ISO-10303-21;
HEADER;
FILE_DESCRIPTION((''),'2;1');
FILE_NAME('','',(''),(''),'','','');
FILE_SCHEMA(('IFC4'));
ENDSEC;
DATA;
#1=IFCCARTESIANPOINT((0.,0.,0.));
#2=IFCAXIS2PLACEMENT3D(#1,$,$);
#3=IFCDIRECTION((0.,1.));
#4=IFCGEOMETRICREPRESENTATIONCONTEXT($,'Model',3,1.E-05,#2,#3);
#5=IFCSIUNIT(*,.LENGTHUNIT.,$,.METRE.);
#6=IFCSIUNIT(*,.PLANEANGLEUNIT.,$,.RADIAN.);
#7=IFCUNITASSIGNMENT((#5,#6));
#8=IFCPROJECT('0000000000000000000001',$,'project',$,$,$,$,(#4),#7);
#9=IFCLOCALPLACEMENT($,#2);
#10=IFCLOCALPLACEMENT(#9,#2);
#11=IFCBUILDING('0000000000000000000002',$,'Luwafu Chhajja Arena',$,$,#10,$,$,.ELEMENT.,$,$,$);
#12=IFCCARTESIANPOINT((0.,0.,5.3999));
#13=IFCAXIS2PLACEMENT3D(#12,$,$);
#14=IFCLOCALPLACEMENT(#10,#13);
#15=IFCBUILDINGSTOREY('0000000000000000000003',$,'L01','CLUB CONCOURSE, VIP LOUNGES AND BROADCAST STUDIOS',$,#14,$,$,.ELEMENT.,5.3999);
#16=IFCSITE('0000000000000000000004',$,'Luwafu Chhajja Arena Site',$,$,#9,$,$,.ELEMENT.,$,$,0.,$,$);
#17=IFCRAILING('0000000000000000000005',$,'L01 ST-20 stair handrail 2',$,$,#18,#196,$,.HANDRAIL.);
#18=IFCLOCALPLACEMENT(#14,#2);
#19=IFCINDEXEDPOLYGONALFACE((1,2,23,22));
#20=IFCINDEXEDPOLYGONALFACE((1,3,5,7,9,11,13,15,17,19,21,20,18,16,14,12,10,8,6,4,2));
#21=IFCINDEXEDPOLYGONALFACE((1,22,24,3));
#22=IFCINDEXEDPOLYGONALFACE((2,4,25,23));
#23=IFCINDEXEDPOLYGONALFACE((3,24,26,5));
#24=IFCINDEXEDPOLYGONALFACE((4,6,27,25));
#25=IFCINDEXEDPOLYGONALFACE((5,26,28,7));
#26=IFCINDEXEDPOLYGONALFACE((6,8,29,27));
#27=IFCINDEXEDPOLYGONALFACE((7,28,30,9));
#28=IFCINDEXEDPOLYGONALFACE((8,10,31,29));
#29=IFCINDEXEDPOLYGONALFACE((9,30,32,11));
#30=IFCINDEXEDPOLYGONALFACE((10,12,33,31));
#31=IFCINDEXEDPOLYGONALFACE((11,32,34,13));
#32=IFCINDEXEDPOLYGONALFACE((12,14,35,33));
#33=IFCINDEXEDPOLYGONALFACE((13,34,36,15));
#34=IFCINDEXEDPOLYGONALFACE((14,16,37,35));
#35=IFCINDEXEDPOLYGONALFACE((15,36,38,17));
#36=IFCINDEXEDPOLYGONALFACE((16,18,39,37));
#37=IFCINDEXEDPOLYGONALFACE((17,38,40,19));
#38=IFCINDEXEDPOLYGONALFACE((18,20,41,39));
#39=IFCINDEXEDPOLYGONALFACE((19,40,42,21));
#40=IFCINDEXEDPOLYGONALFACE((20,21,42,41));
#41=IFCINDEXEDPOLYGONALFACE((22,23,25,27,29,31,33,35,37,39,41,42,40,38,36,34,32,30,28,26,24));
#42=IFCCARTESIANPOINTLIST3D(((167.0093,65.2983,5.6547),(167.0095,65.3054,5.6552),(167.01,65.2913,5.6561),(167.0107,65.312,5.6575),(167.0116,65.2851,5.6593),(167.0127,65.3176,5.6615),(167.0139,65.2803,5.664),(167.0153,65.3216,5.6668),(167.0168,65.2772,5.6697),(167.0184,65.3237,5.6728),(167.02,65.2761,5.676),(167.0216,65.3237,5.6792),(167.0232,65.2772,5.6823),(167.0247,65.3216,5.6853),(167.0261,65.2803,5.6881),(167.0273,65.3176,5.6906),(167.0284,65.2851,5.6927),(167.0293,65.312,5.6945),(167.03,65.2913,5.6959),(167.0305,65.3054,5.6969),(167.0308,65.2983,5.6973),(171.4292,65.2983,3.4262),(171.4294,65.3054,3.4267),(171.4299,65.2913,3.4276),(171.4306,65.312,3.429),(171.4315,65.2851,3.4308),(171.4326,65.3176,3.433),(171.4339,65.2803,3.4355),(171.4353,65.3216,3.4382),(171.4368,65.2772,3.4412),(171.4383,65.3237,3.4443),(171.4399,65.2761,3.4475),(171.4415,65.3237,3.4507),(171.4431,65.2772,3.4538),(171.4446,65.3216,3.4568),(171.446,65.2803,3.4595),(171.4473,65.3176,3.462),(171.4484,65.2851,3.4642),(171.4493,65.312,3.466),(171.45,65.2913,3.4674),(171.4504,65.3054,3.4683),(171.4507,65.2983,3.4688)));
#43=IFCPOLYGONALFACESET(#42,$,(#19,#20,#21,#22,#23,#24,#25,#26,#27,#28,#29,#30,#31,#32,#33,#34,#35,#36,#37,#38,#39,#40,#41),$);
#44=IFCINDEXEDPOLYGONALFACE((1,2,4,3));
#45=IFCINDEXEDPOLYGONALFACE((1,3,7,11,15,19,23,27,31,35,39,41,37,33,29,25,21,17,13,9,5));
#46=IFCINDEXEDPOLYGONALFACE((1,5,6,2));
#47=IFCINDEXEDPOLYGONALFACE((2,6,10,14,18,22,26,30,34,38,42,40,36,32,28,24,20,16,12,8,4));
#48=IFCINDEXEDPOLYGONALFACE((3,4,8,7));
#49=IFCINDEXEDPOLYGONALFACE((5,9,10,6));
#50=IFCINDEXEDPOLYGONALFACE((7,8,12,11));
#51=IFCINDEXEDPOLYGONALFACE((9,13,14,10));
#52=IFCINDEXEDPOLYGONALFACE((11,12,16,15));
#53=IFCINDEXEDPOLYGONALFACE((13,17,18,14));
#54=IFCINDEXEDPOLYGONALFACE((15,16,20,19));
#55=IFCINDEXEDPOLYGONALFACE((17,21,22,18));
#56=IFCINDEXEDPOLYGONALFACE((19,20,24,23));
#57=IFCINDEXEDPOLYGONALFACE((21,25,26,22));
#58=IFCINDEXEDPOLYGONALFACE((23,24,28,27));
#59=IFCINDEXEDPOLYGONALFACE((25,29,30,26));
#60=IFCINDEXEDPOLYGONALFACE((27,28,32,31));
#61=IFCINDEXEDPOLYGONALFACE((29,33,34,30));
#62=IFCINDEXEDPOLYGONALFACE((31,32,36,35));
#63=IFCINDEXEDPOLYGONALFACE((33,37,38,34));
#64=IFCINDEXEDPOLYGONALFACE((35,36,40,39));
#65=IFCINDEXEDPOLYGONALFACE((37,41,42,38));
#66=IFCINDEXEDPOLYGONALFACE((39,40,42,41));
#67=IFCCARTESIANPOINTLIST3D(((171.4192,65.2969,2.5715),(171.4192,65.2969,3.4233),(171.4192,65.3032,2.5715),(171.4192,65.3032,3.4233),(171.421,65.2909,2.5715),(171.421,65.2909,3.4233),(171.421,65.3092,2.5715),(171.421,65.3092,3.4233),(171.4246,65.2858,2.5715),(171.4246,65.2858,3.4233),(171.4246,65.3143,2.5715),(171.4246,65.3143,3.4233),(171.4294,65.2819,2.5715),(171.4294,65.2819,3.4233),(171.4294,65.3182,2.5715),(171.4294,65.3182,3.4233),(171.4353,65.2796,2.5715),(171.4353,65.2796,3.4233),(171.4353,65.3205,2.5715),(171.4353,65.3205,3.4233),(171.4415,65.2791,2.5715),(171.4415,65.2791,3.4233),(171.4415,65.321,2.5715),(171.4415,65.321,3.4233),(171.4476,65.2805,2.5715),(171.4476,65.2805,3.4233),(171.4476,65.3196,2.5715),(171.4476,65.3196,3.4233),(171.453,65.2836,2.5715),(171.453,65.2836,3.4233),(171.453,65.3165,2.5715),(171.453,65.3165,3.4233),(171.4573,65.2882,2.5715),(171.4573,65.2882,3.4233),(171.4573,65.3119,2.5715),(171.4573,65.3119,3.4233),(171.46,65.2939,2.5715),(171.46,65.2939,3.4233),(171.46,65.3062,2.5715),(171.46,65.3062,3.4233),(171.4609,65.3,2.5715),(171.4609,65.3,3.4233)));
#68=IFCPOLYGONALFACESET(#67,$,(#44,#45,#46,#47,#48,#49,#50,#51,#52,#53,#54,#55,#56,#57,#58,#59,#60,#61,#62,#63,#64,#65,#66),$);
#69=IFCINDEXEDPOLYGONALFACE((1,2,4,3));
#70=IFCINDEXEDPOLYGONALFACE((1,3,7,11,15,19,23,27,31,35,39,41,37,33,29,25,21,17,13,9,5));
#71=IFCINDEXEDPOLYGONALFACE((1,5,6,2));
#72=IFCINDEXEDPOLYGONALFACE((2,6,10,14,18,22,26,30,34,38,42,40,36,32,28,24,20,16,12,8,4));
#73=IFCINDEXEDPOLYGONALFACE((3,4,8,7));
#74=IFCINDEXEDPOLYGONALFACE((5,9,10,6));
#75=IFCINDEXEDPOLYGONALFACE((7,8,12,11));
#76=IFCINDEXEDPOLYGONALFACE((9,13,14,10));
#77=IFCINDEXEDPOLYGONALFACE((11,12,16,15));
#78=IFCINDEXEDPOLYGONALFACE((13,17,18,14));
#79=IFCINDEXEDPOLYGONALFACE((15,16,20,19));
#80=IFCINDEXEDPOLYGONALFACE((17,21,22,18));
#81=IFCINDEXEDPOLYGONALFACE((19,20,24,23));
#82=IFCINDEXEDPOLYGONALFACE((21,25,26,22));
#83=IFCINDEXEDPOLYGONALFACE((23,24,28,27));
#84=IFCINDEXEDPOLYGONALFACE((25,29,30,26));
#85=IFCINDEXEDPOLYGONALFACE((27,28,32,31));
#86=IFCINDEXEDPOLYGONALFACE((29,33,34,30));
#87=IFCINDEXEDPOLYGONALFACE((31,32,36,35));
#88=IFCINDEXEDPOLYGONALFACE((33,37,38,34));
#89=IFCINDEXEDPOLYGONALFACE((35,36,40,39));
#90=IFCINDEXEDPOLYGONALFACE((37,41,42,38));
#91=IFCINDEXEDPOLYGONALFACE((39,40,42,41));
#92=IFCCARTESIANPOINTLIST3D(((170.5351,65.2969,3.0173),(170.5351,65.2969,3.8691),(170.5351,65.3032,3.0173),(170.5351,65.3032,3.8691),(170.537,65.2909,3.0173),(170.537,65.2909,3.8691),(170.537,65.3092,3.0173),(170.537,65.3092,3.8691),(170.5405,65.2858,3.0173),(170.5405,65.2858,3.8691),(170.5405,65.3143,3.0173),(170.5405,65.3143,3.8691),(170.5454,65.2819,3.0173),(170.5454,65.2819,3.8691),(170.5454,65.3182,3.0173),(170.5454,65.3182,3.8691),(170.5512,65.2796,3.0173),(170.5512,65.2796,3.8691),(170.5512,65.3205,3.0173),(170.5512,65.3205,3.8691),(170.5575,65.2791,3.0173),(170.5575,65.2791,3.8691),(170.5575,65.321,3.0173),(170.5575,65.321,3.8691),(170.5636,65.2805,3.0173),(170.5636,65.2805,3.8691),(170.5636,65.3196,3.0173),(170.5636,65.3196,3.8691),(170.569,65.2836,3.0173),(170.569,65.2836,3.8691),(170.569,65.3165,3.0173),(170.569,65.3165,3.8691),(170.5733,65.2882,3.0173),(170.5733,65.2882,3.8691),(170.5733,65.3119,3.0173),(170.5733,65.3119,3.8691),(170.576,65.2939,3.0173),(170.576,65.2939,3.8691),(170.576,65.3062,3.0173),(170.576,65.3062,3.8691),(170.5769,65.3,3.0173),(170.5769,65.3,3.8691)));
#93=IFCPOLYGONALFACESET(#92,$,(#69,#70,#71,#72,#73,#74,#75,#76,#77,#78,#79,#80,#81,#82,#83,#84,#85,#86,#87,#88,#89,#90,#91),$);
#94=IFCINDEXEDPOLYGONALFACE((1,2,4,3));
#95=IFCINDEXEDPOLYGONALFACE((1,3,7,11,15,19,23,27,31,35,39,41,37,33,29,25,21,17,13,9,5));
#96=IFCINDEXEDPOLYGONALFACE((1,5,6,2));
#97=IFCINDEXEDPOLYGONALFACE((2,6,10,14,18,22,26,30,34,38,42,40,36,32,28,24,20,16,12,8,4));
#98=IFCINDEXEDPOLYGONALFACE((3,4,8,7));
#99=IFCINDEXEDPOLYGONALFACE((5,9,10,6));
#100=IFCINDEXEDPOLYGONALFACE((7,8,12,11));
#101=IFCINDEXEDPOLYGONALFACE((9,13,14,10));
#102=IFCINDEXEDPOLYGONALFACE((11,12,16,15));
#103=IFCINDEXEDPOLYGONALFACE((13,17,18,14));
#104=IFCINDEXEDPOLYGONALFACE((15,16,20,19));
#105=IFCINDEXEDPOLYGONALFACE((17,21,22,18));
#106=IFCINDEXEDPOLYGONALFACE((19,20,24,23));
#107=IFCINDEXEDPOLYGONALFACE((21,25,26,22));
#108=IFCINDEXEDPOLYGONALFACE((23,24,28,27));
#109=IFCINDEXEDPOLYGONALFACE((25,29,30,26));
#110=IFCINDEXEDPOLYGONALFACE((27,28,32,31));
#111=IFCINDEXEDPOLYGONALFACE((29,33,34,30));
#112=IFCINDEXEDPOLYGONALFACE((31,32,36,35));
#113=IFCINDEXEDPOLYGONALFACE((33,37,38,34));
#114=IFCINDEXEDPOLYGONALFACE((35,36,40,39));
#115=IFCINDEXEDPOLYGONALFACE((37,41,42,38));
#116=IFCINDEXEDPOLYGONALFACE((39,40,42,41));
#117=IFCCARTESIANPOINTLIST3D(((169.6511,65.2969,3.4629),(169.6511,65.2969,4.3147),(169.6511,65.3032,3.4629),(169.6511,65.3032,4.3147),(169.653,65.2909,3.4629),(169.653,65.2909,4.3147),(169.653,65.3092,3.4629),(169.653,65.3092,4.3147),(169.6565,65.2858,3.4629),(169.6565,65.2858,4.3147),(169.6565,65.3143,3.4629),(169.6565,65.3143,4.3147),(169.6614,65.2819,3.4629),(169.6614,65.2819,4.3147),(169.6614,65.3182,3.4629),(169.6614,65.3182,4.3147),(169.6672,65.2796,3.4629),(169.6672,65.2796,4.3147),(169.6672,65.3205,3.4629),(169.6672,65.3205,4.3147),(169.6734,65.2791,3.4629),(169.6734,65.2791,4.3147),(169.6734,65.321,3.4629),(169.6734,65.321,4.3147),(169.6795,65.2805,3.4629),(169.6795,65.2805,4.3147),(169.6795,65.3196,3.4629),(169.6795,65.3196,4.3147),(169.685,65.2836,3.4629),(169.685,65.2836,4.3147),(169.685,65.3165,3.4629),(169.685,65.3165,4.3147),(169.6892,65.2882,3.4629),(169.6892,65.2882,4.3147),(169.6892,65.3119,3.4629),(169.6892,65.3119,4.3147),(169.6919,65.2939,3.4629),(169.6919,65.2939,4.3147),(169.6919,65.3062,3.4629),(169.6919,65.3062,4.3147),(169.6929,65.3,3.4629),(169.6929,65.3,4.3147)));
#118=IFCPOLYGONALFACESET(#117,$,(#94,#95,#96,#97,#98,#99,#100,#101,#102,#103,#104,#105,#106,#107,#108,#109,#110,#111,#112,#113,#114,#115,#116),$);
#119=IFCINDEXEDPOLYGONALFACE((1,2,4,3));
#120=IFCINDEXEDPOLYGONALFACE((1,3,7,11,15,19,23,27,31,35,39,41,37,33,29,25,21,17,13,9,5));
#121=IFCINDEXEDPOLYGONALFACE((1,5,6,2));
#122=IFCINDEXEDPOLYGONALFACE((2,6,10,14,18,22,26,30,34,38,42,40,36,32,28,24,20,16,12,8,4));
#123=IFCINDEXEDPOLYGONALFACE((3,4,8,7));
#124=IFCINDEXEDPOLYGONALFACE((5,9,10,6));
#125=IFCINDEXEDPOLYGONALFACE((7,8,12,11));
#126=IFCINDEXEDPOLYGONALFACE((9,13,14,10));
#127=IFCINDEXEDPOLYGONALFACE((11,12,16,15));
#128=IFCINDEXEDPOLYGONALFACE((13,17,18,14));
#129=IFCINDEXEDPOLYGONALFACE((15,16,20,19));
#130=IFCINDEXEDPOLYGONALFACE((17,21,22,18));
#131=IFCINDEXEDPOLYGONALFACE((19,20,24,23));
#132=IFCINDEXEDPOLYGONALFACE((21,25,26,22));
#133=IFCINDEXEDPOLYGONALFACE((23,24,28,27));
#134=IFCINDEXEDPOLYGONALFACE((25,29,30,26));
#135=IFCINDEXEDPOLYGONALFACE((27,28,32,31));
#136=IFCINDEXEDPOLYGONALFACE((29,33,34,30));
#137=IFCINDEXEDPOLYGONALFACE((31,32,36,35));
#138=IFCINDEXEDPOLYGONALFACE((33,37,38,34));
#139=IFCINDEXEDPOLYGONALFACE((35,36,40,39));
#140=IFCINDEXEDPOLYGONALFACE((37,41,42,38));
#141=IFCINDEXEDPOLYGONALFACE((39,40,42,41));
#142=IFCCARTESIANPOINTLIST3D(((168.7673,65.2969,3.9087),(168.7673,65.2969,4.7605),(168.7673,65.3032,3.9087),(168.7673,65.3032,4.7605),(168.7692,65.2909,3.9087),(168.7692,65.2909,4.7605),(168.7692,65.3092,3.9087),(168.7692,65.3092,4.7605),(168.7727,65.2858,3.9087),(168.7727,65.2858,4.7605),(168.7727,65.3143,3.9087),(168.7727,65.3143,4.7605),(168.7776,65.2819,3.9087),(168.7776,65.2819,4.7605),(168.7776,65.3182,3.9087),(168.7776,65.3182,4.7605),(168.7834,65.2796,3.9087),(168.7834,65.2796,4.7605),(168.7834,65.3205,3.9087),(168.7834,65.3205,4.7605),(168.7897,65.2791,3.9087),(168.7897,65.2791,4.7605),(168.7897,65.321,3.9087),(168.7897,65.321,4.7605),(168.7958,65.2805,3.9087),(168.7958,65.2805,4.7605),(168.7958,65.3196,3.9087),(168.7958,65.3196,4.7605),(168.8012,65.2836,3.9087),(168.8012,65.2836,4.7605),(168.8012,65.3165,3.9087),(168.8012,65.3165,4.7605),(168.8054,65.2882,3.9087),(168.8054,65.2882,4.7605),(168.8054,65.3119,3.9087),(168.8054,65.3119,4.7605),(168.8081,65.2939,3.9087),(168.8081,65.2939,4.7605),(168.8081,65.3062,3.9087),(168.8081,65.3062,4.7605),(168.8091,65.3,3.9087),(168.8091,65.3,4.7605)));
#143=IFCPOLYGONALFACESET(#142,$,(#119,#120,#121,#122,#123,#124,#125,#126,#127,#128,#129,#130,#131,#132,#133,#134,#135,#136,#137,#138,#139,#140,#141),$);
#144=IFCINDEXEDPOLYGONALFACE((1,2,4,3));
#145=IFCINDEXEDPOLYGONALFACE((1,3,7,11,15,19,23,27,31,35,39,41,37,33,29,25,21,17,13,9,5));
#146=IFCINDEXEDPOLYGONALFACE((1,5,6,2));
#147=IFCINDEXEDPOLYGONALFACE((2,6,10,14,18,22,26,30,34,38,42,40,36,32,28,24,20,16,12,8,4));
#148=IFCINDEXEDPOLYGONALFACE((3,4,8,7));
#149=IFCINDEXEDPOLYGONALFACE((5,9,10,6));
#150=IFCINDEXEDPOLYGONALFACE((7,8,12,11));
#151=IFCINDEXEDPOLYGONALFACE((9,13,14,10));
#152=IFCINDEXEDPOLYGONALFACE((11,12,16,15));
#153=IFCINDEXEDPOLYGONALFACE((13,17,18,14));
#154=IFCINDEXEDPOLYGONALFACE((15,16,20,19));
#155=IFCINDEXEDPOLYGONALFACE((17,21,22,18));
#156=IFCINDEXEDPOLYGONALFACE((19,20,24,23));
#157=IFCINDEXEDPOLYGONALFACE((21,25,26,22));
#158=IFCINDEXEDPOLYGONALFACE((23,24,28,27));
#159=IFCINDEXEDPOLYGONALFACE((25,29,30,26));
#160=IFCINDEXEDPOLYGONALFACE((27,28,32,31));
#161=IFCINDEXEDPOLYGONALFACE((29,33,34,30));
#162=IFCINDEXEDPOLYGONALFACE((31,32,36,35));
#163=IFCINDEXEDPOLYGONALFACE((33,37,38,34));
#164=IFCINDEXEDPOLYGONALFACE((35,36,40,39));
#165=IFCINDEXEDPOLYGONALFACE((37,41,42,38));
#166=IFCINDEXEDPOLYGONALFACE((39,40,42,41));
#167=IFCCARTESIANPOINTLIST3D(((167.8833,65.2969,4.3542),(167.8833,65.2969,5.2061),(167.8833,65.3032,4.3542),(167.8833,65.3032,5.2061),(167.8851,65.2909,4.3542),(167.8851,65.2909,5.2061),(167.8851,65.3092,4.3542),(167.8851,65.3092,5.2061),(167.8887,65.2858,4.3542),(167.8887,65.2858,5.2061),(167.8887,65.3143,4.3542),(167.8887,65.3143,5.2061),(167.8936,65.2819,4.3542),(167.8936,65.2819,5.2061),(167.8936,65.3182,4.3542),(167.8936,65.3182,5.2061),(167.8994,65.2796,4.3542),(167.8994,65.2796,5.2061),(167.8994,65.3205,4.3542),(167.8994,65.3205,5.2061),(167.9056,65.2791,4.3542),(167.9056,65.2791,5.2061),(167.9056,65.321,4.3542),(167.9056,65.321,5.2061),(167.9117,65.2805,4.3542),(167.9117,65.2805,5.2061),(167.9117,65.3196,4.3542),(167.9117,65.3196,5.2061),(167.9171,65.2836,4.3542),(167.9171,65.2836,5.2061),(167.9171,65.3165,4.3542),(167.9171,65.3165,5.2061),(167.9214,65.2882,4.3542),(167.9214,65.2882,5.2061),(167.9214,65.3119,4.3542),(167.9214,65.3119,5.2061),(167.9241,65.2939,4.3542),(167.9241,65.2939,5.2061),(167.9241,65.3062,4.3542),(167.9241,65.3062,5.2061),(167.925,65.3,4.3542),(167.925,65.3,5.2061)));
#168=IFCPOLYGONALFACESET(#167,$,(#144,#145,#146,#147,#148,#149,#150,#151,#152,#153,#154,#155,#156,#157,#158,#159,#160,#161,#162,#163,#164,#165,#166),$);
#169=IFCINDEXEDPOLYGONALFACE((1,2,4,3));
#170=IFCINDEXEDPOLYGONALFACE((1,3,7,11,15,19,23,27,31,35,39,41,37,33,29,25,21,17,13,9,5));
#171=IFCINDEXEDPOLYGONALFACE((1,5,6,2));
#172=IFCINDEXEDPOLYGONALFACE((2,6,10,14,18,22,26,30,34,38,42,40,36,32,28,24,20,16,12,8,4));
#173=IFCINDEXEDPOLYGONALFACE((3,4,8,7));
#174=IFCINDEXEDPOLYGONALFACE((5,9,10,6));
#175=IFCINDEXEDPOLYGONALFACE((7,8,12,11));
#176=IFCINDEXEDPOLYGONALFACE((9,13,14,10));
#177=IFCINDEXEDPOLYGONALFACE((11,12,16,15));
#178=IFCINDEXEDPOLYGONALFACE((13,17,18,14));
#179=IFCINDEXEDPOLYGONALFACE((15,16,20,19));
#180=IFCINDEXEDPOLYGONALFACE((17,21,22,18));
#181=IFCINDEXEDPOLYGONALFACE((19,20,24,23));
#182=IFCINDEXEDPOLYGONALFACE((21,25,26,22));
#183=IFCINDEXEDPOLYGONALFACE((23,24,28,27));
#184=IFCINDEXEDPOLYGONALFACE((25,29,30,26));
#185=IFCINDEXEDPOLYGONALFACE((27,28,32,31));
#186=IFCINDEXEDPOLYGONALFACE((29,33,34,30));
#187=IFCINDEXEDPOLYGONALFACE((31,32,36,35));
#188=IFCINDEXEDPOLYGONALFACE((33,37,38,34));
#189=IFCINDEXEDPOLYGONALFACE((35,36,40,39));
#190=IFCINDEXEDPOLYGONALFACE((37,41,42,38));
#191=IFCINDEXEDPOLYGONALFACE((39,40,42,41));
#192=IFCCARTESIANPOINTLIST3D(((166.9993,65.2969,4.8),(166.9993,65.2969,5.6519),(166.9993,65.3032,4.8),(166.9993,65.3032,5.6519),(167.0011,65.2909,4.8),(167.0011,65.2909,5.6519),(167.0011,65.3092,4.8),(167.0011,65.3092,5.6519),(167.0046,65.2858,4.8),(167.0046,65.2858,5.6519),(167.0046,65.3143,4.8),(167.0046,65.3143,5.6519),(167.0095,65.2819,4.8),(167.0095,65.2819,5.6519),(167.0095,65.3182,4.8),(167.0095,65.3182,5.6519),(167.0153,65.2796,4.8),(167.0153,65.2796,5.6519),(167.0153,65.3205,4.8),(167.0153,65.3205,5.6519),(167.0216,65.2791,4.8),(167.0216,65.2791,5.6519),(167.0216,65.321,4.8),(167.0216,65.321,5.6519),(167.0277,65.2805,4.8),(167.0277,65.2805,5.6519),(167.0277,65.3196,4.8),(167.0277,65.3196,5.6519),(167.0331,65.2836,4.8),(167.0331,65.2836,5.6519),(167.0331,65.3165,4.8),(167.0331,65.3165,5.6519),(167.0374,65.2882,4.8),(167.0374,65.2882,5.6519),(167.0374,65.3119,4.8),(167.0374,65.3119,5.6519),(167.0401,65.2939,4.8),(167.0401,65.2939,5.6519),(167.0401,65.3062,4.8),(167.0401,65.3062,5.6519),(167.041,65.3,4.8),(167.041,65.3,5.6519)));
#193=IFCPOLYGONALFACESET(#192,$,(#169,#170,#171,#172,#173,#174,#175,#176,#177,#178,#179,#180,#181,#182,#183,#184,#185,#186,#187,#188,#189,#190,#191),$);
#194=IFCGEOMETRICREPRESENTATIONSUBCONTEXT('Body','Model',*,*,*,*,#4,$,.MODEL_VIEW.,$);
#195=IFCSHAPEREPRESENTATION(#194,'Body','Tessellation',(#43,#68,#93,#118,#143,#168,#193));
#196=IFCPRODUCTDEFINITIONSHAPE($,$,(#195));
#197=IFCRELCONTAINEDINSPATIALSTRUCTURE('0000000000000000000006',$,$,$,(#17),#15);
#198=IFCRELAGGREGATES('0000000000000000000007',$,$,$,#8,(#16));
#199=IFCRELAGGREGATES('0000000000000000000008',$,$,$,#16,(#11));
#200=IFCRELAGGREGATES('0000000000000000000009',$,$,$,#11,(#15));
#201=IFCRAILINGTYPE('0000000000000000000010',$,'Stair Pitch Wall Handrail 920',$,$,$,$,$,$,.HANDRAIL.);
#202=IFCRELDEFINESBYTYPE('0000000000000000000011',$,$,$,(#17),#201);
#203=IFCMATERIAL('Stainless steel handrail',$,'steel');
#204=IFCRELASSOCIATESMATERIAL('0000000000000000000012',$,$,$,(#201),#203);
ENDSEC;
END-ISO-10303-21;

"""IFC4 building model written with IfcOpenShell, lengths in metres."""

from ifc_helpers import new_model, si_unit, direction, frame, origin, origin_2d, place, context, subcontext, project, spatial, circle, extrude, material, type_object, element, save


model = new_model("IFC4")

# Units and contexts
model_context = context("Model", 3, precision=1e-05, world=origin(), true_north=direction((0.0, 1.0)))
body_context = subcontext(model_context, "Body", "Model", "MODEL_VIEW")
ifc_project = project(units=[si_unit("LENGTHUNIT", "METRE"), si_unit("PLANEANGLEUNIT", "RADIAN")], contexts=[model_context])

# Site, building, storey
site_placement = place(None, origin())
site = spatial("IfcSite", under=ifc_project, at=site_placement, Name="Luwafu Chhajja Arena Site", CompositionType="ELEMENT", RefElevation=0.0)
building_placement = place(site_placement, origin())
building = spatial("IfcBuilding", under=site, at=building_placement, Name="Luwafu Chhajja Arena", CompositionType="ELEMENT")
storey_placement = place(building_placement, frame((0.0, 0.0, 5.3999)))
storey = spatial("IfcBuildingStorey", under=building, at=storey_placement, Name="L01", Description="CLUB CONCOURSE, VIP LOUNGES AND BROADCAST STUDIOS", CompositionType="ELEMENT", Elevation=5.3999)

# Railing
ifc_material_1 = material(Name="Stainless steel handrail", Category="steel")
railing_type_1 = type_object("IfcRailingType", Name="Stair Pitch Wall Handrail 920", PredefinedType="HANDRAIL", material=ifc_material_1)
railing_1_placement = place(storey_placement, frame((171.4399, 65.3, 2.5715)))
element("IfcRailing", 1, at=railing_1_placement, inside=storey, type_object=railing_type_1, Name="L01 ST-20 stair handrail 2", PredefinedType="HANDRAIL", context=body_context, shape_type="SweptSolid", body=[
    extrude(circle(Radius=0.0239, at=origin_2d()), frame((0.0, 0.0, 0.876), z_axis=(-0.892923, 0.0, 0.45021), x_axis=(0.0, -1.0, 0.0)), (0.0, 0.0, 1.0), 4.95),
    extrude(circle(Radius=0.021, at=origin_2d()), origin(), (0.0, 0.0, 1.0), 0.8518),
    extrude(circle(Radius=0.021, at=origin_2d()), frame((-0.884, 0.0, 0.4458)), (0.0, 0.0, 1.0), 0.8518),
    extrude(circle(Radius=0.021, at=origin_2d()), frame((-1.7681, 0.0, 0.8914)), (0.0, 0.0, 1.0), 0.8518),
    extrude(circle(Radius=0.021, at=origin_2d()), frame((-2.6519, 0.0, 1.3372)), (0.0, 0.0, 1.0), 0.8518),
    extrude(circle(Radius=0.021, at=origin_2d()), frame((-3.5359, 0.0, 1.7827)), (0.0, 0.0, 1.0), 0.8518),
    extrude(circle(Radius=0.021, at=origin_2d()), frame((-4.4199, 0.0, 2.2285)), (0.0, 0.0, 1.0), 0.8518),
])

save(model, "model.ifc")
